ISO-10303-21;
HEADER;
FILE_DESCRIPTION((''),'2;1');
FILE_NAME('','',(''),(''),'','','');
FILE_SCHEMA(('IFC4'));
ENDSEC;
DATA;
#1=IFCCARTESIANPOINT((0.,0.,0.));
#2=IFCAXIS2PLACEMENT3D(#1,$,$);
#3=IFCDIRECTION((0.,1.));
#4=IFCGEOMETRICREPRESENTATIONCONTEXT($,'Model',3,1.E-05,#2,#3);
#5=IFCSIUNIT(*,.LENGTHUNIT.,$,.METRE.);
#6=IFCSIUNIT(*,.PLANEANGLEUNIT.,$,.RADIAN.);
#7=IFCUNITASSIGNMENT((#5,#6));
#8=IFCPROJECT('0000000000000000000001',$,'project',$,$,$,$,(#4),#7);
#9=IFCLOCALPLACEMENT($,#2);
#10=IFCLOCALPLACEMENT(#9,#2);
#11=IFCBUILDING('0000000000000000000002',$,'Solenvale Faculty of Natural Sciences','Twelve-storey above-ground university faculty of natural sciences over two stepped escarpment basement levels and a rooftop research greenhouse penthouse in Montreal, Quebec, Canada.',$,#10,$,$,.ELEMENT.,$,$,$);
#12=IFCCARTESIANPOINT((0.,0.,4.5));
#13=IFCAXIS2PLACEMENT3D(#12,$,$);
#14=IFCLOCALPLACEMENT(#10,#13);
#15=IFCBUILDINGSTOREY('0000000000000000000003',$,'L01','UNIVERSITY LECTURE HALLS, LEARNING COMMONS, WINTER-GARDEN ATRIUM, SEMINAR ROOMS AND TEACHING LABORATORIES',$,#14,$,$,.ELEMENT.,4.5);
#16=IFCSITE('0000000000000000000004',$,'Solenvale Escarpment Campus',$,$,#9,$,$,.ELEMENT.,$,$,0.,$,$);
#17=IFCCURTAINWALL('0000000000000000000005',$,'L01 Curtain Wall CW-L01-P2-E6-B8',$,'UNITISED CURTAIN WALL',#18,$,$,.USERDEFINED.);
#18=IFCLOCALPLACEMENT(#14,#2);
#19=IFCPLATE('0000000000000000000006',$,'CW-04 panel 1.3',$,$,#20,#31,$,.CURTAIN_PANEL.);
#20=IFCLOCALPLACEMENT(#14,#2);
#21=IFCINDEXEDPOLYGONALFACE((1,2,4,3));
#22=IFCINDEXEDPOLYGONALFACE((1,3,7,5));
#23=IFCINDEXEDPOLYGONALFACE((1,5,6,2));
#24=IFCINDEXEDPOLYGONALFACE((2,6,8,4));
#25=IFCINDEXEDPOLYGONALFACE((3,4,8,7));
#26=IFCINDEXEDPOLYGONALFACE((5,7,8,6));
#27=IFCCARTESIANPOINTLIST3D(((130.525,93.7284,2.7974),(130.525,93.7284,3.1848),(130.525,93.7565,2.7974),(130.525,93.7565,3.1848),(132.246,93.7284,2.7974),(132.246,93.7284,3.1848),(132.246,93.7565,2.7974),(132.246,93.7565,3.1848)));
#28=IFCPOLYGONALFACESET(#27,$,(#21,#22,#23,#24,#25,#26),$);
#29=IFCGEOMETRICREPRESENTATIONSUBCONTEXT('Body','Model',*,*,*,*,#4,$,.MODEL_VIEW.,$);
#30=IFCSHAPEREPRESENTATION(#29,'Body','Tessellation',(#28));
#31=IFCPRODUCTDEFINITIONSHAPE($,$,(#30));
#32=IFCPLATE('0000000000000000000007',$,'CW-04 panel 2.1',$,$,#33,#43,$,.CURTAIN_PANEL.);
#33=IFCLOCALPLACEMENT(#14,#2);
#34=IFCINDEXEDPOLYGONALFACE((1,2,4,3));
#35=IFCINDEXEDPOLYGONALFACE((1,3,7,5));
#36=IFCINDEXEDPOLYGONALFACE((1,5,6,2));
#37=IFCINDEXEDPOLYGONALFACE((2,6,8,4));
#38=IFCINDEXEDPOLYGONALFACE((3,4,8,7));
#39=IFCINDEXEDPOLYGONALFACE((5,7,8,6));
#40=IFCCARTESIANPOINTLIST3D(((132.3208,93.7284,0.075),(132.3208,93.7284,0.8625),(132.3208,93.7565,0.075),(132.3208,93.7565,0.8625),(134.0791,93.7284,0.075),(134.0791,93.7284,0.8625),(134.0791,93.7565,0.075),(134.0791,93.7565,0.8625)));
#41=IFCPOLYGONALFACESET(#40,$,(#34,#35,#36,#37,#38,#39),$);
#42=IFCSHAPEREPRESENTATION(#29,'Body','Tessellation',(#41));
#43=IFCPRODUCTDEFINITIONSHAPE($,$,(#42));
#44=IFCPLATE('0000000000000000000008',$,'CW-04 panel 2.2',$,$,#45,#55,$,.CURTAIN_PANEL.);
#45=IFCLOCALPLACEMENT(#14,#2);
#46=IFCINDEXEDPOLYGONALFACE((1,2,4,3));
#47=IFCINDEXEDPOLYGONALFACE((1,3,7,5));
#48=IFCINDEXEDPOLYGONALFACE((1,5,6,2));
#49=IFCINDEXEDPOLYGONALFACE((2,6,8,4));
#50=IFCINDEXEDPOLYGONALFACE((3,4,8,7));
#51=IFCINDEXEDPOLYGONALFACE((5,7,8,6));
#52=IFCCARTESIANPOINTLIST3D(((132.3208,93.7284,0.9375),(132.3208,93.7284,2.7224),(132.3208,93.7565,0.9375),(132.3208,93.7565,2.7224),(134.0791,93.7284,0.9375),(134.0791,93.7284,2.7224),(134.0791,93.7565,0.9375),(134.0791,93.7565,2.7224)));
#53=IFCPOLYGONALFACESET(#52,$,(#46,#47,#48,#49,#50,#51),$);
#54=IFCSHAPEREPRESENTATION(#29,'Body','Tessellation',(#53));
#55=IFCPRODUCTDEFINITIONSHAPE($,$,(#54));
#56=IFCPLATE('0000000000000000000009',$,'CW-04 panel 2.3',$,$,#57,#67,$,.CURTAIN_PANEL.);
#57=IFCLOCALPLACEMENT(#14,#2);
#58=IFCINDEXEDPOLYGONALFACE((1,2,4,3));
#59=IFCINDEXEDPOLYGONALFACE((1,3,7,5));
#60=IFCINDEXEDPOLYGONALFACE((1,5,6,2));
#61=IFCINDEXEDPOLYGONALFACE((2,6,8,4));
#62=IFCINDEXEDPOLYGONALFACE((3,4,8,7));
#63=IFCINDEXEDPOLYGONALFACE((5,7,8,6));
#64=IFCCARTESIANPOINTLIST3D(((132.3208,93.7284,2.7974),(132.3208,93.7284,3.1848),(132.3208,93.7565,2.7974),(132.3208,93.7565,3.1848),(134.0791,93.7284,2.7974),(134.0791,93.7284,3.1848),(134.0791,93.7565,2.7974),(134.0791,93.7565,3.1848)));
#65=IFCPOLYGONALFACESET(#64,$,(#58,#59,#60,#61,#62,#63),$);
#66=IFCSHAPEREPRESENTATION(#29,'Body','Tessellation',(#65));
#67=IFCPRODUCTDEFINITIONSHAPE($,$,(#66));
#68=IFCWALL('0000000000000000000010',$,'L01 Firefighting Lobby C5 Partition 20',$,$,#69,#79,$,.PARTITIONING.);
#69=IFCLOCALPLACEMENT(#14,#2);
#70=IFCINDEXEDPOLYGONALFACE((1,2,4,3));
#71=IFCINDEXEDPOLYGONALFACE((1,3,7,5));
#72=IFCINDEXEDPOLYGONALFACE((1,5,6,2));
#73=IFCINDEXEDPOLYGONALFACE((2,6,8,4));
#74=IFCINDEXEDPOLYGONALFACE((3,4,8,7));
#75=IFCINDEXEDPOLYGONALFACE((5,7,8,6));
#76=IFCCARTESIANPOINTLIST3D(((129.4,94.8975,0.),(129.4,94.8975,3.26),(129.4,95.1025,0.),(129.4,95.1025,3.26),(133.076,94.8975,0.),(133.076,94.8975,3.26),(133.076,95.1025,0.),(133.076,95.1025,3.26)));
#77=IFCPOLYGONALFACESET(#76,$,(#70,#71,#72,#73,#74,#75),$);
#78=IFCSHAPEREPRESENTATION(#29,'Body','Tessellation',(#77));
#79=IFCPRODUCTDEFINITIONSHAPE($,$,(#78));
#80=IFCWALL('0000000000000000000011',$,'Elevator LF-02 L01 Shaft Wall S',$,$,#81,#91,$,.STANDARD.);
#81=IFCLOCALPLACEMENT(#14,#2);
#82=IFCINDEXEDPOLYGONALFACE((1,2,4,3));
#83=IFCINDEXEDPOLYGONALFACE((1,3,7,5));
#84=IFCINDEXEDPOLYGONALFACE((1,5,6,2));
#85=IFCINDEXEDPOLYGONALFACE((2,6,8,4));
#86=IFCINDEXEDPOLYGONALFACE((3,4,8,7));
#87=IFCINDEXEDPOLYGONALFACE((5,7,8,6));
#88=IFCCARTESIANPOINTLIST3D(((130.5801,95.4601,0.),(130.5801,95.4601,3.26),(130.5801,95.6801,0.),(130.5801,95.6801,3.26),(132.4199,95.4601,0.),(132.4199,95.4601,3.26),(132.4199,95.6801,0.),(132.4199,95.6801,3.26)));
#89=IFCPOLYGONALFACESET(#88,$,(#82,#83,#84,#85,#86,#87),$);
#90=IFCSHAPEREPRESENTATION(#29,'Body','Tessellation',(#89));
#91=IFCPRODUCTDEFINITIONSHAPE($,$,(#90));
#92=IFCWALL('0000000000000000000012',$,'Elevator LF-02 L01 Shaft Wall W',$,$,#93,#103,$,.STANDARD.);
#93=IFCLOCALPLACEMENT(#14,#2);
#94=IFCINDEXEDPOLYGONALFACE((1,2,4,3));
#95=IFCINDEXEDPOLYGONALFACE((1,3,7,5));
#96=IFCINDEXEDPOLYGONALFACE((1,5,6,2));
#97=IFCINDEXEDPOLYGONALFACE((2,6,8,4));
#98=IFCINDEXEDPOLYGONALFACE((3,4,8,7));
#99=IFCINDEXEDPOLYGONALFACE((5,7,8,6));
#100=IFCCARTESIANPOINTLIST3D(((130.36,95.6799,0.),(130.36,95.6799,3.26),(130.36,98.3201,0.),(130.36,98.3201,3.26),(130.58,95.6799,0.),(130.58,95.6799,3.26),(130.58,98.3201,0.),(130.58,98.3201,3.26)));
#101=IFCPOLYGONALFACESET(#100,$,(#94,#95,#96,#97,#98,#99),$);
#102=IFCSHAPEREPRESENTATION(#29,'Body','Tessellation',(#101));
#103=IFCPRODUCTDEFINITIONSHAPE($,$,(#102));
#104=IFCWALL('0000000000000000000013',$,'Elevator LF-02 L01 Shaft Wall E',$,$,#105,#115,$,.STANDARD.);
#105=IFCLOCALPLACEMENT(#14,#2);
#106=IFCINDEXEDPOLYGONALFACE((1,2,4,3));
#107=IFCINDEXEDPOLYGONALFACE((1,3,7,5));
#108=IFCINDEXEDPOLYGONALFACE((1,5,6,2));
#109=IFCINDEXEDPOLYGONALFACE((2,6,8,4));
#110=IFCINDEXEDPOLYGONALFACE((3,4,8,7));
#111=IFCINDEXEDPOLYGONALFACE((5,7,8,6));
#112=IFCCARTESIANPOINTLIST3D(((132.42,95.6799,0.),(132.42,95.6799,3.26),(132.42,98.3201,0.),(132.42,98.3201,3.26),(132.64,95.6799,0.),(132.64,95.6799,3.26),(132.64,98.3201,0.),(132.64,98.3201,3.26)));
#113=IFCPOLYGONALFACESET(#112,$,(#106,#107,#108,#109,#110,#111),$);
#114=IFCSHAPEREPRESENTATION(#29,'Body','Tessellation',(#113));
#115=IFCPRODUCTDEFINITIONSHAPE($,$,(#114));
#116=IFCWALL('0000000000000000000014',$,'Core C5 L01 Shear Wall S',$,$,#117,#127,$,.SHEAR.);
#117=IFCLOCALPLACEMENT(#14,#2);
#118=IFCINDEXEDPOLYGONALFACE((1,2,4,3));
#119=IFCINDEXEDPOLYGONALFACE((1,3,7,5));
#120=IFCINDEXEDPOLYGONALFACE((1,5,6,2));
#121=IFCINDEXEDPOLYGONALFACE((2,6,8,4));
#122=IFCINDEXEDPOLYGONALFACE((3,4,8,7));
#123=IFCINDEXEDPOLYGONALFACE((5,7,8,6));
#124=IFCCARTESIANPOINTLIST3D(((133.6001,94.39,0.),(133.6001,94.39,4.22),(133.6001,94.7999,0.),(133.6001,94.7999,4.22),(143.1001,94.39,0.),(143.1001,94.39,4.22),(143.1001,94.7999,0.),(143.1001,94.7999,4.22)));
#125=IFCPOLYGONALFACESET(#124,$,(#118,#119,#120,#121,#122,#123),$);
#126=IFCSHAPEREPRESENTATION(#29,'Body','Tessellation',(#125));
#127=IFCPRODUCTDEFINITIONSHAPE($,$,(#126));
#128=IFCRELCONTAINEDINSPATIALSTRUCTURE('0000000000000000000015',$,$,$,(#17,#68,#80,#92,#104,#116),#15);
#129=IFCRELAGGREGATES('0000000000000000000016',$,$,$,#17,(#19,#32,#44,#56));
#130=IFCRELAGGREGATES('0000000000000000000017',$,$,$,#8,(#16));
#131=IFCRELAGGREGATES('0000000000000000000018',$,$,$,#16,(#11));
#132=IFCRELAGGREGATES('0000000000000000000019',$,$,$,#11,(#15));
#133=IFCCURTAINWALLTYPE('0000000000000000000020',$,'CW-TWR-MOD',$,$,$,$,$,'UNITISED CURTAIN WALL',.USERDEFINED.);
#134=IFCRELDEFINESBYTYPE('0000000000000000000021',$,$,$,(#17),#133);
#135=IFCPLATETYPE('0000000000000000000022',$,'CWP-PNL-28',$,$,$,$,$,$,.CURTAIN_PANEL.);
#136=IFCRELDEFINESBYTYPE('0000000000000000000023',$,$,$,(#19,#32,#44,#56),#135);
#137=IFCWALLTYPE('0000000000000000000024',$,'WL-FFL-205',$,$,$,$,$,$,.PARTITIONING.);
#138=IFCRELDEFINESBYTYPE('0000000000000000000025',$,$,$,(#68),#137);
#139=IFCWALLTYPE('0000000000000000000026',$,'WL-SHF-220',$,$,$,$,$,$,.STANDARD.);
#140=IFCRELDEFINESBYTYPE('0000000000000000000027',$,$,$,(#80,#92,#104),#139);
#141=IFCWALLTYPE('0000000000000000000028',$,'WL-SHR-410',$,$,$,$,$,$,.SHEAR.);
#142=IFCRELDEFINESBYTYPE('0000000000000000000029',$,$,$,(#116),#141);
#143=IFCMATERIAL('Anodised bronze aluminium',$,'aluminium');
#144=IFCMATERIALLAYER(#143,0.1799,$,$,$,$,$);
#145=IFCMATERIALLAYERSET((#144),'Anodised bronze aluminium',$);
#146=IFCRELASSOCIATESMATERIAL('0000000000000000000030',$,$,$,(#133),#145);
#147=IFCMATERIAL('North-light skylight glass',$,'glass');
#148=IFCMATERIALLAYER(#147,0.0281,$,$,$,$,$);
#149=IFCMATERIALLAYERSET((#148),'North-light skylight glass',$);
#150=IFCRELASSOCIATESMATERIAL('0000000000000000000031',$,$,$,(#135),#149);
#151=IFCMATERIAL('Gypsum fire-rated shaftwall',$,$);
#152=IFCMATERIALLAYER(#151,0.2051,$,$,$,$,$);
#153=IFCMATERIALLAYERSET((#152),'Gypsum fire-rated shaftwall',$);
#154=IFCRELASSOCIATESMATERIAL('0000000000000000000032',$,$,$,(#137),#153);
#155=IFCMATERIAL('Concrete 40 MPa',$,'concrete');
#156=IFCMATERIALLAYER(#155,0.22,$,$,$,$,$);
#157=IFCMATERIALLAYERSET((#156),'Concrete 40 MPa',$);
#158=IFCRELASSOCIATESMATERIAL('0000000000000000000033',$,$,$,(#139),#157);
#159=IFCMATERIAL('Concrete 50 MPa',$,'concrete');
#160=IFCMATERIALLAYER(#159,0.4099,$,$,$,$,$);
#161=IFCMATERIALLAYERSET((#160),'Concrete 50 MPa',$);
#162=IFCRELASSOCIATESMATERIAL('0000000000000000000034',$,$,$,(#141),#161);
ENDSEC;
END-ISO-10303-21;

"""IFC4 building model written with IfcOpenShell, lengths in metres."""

from ifc_helpers import new_model, si_unit, direction, frame, frame_2d, origin, origin_2d, place, context, subcontext, project, spatial, rectangle, extrude, material, layer, layer_set, type_object, element, aggregate, save


model = new_model("IFC4")

# Units and contexts
model_context = context("Model", 3, precision=1e-05, world=origin(), true_north=direction((0.0, 1.0)))
body_context = subcontext(model_context, "Body", "Model", "MODEL_VIEW")
ifc_project = project(units=[si_unit("LENGTHUNIT", "METRE"), si_unit("PLANEANGLEUNIT", "RADIAN")], contexts=[model_context])

# Site, building, storey
site_placement = place(None, origin())
site = spatial("IfcSite", under=ifc_project, at=site_placement, Name="Solenvale Escarpment Campus", CompositionType="ELEMENT", RefElevation=0.0)
building_placement = place(site_placement, origin())
building = spatial("IfcBuilding", under=site, at=building_placement, Name="Solenvale Faculty of Natural Sciences", Description="Twelve-storey above-ground university faculty of natural sciences over two stepped escarpment basement levels and a rooftop research greenhouse penthouse in Montreal, Quebec, Canada.", CompositionType="ELEMENT")
storey_placement = place(building_placement, frame((0.0, 0.0, 4.5)))
storey = spatial("IfcBuildingStorey", under=building, at=storey_placement, Name="L01", Description="UNIVERSITY LECTURE HALLS, LEARNING COMMONS, WINTER-GARDEN ATRIUM, SEMINAR ROOMS AND TEACHING LABORATORIES", CompositionType="ELEMENT", Elevation=4.5)

# Shared definitions
ifc_material_1 = material(Name="Concrete 40 MPa", Category="concrete")

# Curtain wall, plates
ifc_material_2 = material(Name="Anodised bronze aluminium", Category="aluminium")
ifc_layer_1 = layer(ifc_material_2, 0.1799)
ifc_layer_set_1 = layer_set([ifc_layer_1], Name="Anodised bronze aluminium")
curtain_wall_type = type_object("IfcCurtainWallType", Name="CW-TWR-MOD", ElementType="UNITISED CURTAIN WALL", PredefinedType="USERDEFINED", material=ifc_layer_set_1)
curtain_wall_placement = place(storey_placement, origin())
curtain_wall = element("IfcCurtainWall", 1, at=curtain_wall_placement, inside=storey, type_object=curtain_wall_type, Name="L01 Curtain Wall CW-L01-P2-E6-B8", ObjectType="UNITISED CURTAIN WALL", PredefinedType="USERDEFINED")
ifc_material_3 = material(Name="North-light skylight glass", Category="glass")
ifc_layer_2 = layer(ifc_material_3, 0.0281)
ifc_layer_set_2 = layer_set([ifc_layer_2], Name="North-light skylight glass")
plate_type = type_object("IfcPlateType", Name="CWP-PNL-28", PredefinedType="CURTAIN_PANEL", material=ifc_layer_set_2)
plate_1_placement = place(storey_placement, frame((131.3855, 93.7424, 2.7974), z_axis=(0.0, 0.0, 1.0), x_axis=(1.0, 0.0, 0.0)))
plate_1 = element("IfcPlate", 2, at=plate_1_placement, type_object=plate_type, Name="CW-04 panel 1.3", PredefinedType="CURTAIN_PANEL", context=body_context, shape_type="SweptSolid", body=[
    extrude(rectangle(XDim=1.7209, YDim=0.0281, at=origin_2d()), origin(), (0.0, 0.0, 1.0), 0.3875),
])
plate_2_placement = place(storey_placement, frame((133.2, 93.7424, 0.075), z_axis=(0.0, 0.0, 1.0), x_axis=(1.0, 0.0, 0.0)))
plate_2 = element("IfcPlate", 3, at=plate_2_placement, type_object=plate_type, Name="CW-04 panel 2.1", PredefinedType="CURTAIN_PANEL", context=body_context, shape_type="SweptSolid", body=[
    extrude(rectangle(XDim=1.7583, YDim=0.0281, at=origin_2d()), origin(), (0.0, 0.0, 1.0), 0.7876),
])
plate_3_placement = place(storey_placement, frame((133.2, 93.7424, 0.9375), z_axis=(0.0, 0.0, 1.0), x_axis=(1.0, 0.0, 0.0)))
plate_3 = element("IfcPlate", 4, at=plate_3_placement, type_object=plate_type, Name="CW-04 panel 2.2", PredefinedType="CURTAIN_PANEL", context=body_context, shape_type="SweptSolid", body=[
    extrude(rectangle(XDim=1.7583, YDim=0.0281, at=origin_2d()), origin(), (0.0, 0.0, 1.0), 1.7849),
])
plate_4_placement = place(storey_placement, frame((133.2, 93.7424, 2.7974), z_axis=(0.0, 0.0, 1.0), x_axis=(1.0, 0.0, 0.0)))
plate_4 = element("IfcPlate", 5, at=plate_4_placement, type_object=plate_type, Name="CW-04 panel 2.3", PredefinedType="CURTAIN_PANEL", context=body_context, shape_type="SweptSolid", body=[
    extrude(rectangle(XDim=1.7583, YDim=0.0281, at=origin_2d()), origin(), (0.0, 0.0, 1.0), 0.3875),
])
aggregate(curtain_wall, [plate_1, plate_2, plate_3, plate_4])

# Walls
ifc_material_4 = material(Name="Gypsum fire-rated shaftwall")
ifc_layer_3 = layer(ifc_material_4, 0.2051)
ifc_layer_set_3 = layer_set([ifc_layer_3], Name="Gypsum fire-rated shaftwall")
wall_type_1 = type_object("IfcWallType", Name="WL-FFL-205", PredefinedType="PARTITIONING", material=ifc_layer_set_3)
wall_1_placement = place(storey_placement, frame((133.0759, 95.0, 0.0), z_axis=(0.0, 0.0, 1.0), x_axis=(-1.0, 0.0, 0.0)))
element("IfcWall", 6, at=wall_1_placement, inside=storey, type_object=wall_type_1, Name="L01 Firefighting Lobby C5 Partition 20", PredefinedType="PARTITIONING", context=body_context, shape_type="SweptSolid", body=[
    extrude(rectangle(XDim=3.676, YDim=0.2051, at=frame_2d((1.8379, 0.0))), origin(), (0.0, 0.0, 1.0), 3.26),
])
ifc_layer_4 = layer(ifc_material_1, 0.22)
ifc_layer_set_4 = layer_set([ifc_layer_4], Name="Concrete 40 MPa")
wall_type_2 = type_object("IfcWallType", Name="WL-SHF-220", PredefinedType="STANDARD", material=ifc_layer_set_4)
wall_2_placement = place(storey_placement, frame((130.5801, 95.5701, 0.0), z_axis=(0.0, 0.0, 1.0), x_axis=(1.0, 0.0, 0.0)))
element("IfcWall", 7, at=wall_2_placement, inside=storey, type_object=wall_type_2, Name="Elevator LF-02 L01 Shaft Wall S", PredefinedType="STANDARD", context=body_context, shape_type="SweptSolid", body=[
    extrude(rectangle(XDim=1.8398, YDim=0.22, at=frame_2d((0.9199, 0.0))), origin(), (0.0, 0.0, 1.0), 3.26),
])
for number, where, z_axis, x_axis, name in (
    (8, (130.47, 95.6799, 0.0), (0.0, 0.0, 1.0), (0.0, 1.0, 0.0), "Elevator LF-02 L01 Shaft Wall W"),
    (9, (132.53, 95.6799, 0.0), (0.0, 0.0, 1.0), (0.0, 1.0, 0.0), "Elevator LF-02 L01 Shaft Wall E"),
):
    element("IfcWall", number, at=place(storey_placement, frame(where, z_axis=z_axis, x_axis=x_axis)), inside=storey, type_object=wall_type_2, Name=name, PredefinedType="STANDARD", context=body_context, shape_type="SweptSolid", body=[
        extrude(rectangle(XDim=2.6401, YDim=0.22, at=frame_2d((1.3201, 0.0))), origin(), (0.0, 0.0, 1.0), 3.26),
    ])
ifc_material_5 = material(Name="Concrete 50 MPa", Category="concrete")
ifc_layer_5 = layer(ifc_material_5, 0.4099)
ifc_layer_set_5 = layer_set([ifc_layer_5], Name="Concrete 50 MPa")
wall_type_3 = type_object("IfcWallType", Name="WL-SHR-410", PredefinedType="SHEAR", material=ifc_layer_set_5)
wall_3_placement = place(storey_placement, frame((133.6001, 94.595, 0.0), z_axis=(0.0, 0.0, 1.0), x_axis=(1.0, 0.0, 0.0)))
element("IfcWall", 10, at=wall_3_placement, inside=storey, type_object=wall_type_3, Name="Core C5 L01 Shear Wall S", PredefinedType="SHEAR", context=body_context, shape_type="SweptSolid", body=[
    extrude(rectangle(XDim=9.5, YDim=0.4099, at=frame_2d((4.75, 0.0))), origin(), (0.0, 0.0, 1.0), 4.22),
])

save(model, "model.ifc")
